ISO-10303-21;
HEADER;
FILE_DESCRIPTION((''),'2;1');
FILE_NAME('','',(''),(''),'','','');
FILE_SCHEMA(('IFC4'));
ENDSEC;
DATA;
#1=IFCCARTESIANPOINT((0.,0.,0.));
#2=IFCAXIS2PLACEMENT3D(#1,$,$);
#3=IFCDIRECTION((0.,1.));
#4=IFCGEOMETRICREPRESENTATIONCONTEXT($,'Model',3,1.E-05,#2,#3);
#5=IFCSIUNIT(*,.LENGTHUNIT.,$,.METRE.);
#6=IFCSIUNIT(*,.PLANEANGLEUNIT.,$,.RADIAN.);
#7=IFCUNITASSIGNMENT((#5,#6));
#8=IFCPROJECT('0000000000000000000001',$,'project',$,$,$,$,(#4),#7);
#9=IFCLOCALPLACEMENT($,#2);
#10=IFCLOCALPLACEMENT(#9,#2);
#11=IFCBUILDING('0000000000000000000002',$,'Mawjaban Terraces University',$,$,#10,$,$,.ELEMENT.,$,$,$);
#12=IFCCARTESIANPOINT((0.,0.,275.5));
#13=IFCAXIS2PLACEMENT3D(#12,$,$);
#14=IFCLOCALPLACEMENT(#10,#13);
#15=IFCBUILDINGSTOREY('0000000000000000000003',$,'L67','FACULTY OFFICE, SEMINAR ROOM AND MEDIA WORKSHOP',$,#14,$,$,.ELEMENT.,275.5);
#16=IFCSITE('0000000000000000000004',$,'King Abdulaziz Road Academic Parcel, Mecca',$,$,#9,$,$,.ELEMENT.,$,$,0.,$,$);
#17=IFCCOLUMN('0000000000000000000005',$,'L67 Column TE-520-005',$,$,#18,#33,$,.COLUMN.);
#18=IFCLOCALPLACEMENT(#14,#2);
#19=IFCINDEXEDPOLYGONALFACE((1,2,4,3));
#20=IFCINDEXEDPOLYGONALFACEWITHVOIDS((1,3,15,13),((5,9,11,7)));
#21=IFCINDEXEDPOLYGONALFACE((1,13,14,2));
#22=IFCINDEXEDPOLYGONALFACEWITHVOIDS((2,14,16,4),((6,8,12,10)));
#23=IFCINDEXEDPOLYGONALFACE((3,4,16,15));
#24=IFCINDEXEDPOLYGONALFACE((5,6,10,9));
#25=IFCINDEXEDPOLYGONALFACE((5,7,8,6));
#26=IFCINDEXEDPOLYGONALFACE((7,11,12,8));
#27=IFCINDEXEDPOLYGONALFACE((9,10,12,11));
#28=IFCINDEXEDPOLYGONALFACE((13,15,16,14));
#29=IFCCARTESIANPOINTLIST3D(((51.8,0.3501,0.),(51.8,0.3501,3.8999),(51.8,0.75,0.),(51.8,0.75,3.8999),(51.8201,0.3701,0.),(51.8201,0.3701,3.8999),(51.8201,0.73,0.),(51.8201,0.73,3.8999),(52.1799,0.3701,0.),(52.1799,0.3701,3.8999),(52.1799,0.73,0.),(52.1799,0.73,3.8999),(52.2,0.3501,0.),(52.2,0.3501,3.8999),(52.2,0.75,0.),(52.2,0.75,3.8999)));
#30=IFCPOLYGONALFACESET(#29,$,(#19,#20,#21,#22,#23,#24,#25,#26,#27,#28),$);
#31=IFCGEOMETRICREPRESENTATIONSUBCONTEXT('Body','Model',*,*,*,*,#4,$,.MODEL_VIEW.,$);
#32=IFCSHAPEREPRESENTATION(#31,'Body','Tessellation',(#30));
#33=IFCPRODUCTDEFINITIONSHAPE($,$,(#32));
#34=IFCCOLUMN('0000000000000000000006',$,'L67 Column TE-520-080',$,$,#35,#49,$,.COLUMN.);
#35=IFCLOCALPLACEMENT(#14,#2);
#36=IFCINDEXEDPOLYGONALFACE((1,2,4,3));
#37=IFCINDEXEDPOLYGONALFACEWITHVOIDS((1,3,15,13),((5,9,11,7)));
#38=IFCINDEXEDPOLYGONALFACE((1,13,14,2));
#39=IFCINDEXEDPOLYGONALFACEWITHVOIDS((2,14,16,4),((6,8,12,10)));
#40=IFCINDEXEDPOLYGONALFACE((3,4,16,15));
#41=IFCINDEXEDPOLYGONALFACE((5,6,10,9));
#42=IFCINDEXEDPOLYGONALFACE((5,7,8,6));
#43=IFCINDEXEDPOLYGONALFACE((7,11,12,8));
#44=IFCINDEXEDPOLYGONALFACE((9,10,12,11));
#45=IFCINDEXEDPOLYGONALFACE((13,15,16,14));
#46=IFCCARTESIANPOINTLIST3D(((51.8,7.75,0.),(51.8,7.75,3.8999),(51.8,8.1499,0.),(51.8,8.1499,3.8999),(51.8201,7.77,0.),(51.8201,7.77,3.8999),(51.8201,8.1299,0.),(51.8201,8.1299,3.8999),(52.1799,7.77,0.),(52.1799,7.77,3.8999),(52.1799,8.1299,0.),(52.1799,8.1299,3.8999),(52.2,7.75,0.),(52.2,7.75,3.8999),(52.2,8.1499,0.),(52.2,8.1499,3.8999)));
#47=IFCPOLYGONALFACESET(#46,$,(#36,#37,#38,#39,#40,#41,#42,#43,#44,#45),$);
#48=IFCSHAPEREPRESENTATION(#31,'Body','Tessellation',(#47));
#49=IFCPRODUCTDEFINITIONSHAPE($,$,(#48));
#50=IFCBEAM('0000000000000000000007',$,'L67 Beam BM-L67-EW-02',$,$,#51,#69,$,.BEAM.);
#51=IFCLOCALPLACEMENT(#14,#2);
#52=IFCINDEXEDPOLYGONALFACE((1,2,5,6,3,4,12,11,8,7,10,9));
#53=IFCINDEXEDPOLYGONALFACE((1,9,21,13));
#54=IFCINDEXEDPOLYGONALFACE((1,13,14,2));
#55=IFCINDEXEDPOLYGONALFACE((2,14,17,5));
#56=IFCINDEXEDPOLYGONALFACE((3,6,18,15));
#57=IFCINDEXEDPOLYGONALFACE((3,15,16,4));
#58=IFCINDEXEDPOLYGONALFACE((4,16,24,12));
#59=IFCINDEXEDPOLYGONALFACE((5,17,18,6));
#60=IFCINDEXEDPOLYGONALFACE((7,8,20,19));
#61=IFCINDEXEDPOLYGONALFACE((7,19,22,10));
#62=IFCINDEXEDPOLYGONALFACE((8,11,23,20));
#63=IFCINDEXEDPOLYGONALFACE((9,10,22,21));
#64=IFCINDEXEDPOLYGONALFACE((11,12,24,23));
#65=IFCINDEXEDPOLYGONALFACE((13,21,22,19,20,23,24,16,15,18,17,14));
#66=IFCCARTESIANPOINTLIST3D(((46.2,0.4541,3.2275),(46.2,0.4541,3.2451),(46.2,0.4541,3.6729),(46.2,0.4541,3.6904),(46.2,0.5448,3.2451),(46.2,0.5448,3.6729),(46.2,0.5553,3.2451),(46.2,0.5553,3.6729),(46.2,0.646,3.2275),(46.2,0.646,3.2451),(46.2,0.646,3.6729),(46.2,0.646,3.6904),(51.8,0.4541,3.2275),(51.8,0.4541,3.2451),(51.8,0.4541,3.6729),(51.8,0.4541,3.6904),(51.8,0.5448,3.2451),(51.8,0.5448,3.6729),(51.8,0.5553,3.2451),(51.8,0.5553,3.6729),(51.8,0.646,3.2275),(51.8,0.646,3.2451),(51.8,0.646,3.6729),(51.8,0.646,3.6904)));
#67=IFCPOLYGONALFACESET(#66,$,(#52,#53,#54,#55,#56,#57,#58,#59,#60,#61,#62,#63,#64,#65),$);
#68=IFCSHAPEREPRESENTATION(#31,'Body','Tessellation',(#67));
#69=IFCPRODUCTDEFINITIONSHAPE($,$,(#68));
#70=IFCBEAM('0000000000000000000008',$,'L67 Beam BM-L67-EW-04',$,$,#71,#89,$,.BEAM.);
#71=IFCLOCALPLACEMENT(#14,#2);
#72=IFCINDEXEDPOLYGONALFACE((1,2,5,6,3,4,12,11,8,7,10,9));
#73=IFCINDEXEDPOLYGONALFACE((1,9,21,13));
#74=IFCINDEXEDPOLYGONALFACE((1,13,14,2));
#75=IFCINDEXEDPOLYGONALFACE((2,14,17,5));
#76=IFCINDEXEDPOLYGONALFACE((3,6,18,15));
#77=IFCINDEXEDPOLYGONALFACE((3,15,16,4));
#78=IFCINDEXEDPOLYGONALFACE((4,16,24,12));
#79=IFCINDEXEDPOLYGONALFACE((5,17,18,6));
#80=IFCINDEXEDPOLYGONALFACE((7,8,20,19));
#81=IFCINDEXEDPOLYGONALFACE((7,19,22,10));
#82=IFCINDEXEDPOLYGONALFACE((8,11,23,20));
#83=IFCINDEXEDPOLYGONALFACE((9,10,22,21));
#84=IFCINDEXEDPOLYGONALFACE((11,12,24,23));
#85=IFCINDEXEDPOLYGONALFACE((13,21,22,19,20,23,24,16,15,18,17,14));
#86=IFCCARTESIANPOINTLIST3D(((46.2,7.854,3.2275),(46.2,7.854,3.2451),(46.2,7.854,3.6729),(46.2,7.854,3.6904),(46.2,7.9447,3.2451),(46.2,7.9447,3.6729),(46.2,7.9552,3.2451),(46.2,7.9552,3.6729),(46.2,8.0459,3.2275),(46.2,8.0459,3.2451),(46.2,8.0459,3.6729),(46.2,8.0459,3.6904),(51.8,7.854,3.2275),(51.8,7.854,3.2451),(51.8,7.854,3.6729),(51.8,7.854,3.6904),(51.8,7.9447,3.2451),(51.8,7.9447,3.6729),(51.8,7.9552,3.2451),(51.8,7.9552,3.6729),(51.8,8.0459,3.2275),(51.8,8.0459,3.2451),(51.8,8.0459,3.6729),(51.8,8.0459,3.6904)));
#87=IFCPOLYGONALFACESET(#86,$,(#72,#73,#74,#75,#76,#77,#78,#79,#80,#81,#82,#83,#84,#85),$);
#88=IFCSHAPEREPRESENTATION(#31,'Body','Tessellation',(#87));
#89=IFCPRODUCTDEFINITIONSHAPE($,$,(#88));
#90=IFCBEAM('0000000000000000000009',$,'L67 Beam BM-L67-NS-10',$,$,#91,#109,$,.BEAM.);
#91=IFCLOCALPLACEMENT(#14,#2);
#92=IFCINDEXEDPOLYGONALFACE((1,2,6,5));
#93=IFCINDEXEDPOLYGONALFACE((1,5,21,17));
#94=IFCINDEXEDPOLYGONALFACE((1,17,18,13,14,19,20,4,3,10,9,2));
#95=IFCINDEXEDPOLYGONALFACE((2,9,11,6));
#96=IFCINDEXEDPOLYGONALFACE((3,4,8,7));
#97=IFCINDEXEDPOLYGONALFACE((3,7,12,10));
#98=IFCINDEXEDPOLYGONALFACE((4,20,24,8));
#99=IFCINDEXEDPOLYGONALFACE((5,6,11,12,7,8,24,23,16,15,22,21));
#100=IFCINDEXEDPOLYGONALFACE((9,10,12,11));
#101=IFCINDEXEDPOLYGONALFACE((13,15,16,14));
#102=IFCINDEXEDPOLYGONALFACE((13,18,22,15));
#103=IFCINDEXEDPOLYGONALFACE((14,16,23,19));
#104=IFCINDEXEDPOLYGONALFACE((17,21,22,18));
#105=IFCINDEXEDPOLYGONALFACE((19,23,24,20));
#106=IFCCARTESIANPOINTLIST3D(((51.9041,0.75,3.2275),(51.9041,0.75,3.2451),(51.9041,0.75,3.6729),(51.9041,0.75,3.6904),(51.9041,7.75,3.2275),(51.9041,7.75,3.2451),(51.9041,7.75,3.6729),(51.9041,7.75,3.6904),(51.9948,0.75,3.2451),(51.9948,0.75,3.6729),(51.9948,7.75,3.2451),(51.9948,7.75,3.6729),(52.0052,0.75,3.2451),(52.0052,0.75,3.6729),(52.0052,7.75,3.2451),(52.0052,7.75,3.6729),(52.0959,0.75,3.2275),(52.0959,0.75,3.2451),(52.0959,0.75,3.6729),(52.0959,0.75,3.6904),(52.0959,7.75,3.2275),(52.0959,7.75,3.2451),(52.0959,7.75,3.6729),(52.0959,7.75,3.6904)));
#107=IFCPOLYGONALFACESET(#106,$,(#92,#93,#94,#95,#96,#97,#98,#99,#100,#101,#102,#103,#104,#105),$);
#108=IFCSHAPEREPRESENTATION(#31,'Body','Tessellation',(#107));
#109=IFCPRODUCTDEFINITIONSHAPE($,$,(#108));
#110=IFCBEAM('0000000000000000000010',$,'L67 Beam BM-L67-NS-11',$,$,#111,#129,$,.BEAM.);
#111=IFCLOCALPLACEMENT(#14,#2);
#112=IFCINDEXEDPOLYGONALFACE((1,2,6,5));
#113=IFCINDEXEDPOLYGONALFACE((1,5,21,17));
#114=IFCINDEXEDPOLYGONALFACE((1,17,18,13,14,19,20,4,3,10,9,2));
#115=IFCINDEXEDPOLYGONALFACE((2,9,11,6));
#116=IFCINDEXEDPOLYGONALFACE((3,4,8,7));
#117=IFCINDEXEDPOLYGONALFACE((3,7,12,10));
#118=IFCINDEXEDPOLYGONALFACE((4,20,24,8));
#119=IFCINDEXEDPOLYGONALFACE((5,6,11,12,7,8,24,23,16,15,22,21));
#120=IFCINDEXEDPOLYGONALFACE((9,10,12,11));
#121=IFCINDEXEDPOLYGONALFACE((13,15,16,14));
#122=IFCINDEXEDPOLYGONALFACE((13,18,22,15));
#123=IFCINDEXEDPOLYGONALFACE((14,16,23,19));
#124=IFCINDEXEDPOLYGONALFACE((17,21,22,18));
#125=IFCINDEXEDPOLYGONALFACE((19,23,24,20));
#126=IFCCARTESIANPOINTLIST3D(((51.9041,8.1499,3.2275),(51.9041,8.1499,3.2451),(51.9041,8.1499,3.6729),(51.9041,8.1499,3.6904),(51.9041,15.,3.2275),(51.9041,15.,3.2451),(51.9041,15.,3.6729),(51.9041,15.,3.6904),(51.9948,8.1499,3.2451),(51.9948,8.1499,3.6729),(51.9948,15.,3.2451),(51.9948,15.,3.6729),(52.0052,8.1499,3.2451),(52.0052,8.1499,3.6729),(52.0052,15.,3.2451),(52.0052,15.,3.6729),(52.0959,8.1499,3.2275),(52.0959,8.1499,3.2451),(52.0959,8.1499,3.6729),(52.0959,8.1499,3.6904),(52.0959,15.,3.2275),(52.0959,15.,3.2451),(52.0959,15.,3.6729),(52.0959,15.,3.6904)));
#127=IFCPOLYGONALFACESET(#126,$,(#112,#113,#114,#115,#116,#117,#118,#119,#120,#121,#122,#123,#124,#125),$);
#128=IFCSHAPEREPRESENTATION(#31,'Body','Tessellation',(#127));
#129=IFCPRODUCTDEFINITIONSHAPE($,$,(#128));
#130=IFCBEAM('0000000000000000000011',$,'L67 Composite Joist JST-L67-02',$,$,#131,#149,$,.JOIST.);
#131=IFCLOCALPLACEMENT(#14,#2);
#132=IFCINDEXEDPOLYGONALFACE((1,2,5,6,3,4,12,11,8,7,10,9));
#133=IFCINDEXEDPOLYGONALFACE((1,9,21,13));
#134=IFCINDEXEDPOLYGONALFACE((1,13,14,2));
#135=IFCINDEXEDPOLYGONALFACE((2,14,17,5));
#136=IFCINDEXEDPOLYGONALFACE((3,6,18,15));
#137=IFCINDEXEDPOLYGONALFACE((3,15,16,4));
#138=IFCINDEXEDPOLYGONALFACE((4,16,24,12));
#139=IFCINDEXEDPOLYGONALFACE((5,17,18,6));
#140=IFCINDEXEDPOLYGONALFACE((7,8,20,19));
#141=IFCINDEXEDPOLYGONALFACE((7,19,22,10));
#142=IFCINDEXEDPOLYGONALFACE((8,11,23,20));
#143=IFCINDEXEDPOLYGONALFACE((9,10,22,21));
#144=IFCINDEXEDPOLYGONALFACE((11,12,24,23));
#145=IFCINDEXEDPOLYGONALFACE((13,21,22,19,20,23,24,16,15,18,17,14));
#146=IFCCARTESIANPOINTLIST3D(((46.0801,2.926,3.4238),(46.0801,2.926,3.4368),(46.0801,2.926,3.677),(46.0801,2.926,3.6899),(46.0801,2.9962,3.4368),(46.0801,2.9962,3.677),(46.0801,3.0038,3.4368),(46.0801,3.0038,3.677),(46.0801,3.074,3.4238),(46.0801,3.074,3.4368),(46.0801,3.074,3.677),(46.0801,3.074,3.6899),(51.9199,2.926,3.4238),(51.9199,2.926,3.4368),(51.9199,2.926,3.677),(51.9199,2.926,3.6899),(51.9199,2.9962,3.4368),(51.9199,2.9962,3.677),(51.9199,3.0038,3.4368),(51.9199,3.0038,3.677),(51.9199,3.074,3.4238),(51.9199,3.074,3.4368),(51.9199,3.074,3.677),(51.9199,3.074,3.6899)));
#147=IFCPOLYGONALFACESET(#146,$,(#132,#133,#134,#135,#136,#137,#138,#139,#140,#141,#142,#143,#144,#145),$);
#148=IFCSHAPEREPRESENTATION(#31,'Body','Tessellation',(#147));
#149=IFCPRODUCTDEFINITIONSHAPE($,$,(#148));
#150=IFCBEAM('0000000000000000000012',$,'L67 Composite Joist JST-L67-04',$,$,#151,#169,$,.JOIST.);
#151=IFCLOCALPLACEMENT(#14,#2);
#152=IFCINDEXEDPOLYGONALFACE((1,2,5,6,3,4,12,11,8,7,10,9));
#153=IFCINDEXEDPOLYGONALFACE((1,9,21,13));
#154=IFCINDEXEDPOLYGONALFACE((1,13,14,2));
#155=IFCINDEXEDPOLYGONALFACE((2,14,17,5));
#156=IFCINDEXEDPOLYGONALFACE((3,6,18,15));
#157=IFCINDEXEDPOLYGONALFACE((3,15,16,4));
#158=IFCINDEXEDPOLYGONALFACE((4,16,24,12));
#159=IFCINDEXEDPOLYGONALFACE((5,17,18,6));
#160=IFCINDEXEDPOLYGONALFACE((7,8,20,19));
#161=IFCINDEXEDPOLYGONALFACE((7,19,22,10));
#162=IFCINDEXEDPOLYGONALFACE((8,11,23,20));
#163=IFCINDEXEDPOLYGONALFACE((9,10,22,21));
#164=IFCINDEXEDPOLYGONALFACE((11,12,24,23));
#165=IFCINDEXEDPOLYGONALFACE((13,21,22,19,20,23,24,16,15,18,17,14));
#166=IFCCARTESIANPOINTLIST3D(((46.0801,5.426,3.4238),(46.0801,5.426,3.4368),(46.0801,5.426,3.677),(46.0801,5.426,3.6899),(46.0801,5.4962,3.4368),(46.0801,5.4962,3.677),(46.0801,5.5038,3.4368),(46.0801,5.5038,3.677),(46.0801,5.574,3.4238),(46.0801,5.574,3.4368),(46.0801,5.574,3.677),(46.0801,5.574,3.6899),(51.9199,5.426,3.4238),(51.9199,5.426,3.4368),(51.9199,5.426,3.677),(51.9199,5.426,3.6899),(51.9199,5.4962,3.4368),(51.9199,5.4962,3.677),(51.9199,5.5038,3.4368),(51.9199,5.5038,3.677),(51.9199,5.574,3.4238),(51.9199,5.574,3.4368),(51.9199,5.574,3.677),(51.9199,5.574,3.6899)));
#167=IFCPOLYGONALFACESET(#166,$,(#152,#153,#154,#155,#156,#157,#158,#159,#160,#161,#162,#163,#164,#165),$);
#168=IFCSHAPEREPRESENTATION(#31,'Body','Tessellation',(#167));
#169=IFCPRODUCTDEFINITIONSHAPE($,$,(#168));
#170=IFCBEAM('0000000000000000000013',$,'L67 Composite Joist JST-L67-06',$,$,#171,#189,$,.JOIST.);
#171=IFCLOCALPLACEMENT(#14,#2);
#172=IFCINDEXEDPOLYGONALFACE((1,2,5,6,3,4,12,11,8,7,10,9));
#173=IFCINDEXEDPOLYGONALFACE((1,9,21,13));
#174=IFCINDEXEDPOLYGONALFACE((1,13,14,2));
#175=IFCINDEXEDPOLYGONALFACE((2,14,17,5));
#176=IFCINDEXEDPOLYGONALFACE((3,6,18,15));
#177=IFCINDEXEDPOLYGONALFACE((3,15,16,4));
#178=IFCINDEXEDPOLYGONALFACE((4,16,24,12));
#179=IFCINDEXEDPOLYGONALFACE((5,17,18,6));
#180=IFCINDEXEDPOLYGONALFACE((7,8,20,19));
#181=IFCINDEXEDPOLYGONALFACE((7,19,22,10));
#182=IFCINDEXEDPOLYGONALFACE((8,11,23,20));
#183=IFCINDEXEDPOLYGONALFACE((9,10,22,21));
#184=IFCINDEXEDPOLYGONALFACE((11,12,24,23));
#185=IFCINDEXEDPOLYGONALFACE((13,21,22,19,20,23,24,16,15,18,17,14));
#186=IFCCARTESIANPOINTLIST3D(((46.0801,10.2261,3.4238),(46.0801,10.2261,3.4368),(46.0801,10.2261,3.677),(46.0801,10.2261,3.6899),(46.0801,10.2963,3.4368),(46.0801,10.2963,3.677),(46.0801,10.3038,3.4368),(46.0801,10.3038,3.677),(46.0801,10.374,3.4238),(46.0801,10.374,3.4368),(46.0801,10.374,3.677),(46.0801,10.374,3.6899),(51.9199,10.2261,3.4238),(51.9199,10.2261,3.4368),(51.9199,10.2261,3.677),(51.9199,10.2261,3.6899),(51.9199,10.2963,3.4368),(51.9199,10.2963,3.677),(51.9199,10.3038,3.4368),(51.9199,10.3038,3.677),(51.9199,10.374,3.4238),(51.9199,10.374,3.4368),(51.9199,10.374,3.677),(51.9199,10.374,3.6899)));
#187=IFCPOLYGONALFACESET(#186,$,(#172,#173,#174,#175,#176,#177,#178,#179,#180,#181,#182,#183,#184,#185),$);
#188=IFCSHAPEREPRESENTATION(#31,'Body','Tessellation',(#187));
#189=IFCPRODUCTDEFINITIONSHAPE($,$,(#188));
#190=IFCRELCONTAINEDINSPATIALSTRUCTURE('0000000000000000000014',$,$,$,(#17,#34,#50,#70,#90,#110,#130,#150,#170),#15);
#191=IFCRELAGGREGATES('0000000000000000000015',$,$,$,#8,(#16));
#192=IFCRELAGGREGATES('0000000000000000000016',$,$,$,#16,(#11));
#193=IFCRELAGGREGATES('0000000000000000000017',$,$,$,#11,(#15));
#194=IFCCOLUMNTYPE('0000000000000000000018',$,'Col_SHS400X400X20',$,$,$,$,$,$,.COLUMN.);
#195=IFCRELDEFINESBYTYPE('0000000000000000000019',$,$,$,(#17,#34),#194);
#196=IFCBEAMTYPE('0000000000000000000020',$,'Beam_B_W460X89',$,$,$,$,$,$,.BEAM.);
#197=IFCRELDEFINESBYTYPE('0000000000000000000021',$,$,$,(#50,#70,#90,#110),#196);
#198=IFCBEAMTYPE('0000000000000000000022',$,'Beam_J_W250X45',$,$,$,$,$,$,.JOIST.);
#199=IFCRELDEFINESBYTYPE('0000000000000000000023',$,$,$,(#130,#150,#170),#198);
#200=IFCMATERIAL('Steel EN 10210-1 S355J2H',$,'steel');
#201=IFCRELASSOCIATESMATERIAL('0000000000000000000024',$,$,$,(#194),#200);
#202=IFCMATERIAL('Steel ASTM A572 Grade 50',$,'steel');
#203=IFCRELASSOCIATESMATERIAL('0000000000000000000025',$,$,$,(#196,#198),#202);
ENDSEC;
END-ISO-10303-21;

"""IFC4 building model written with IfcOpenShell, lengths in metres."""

from ifc_helpers import new_model, si_unit, direction, frame, origin, origin_2d, place, context, subcontext, project, spatial, hollow_rectangle, i_section, extrude, material, material_profile, profile_set, type_object, element, save


model = new_model("IFC4")

# Units and contexts
model_context = context("Model", 3, precision=1e-05, world=origin(), true_north=direction((0.0, 1.0)))
body_context = subcontext(model_context, "Body", "Model", "MODEL_VIEW")
ifc_project = project(units=[si_unit("LENGTHUNIT", "METRE"), si_unit("PLANEANGLEUNIT", "RADIAN")], contexts=[model_context])

# Site, building, storey
site_placement = place(None, origin())
site = spatial("IfcSite", under=ifc_project, at=site_placement, Name="King Abdulaziz Road Academic Parcel, Mecca", CompositionType="ELEMENT", RefElevation=0.0)
building_placement = place(site_placement, origin())
building = spatial("IfcBuilding", under=site, at=building_placement, Name="Mawjaban Terraces University", CompositionType="ELEMENT")
storey_placement = place(building_placement, frame((0.0, 0.0, 275.5)))
storey = spatial("IfcBuildingStorey", under=building, at=storey_placement, Name="L67", Description="FACULTY OFFICE, SEMINAR ROOM AND MEDIA WORKSHOP", CompositionType="ELEMENT", Elevation=275.5)

# Columns
ifc_material_1 = material(Name="Steel EN 10210-1 S355J2H", Category="steel")
ifc_material_profile_1 = material_profile(ifc_material_1, hollow_rectangle(XDim=0.3999, YDim=0.3999, WallThickness=0.02, at=origin_2d()), Name="SHS400X400X20")
ifc_profile_set_1 = profile_set([ifc_material_profile_1], Name="Steel EN 10210-1 S355J2H")
column_type = type_object("IfcColumnType", Name="Col_SHS400X400X20", PredefinedType="COLUMN", material=ifc_profile_set_1)
for number, where, z_axis, x_axis, name in (
    (1, (52.0, 0.55, 0.0), (0.0, 0.0, 1.0), (1.0, 0.0, 0.0), "L67 Column TE-520-005"),
    (2, (52.0, 7.95, 0.0), (0.0, 0.0, 1.0), (1.0, 0.0, 0.0), "L67 Column TE-520-080"),
):
    element("IfcColumn", number, at=place(storey_placement, frame(where, z_axis=z_axis, x_axis=x_axis)), inside=storey, type_object=column_type, Name=name, PredefinedType="COLUMN", context=body_context, shape_type="SweptSolid", body=[
        extrude(hollow_rectangle(XDim=0.3999, YDim=0.3999, WallThickness=0.02, at=origin_2d()), origin(), (0.0, 0.0, 1.0), 3.8999),
    ])

# Beams
ifc_material_2 = material(Name="Steel ASTM A572 Grade 50", Category="steel")
ifc_material_profile_2 = material_profile(ifc_material_2, i_section(OverallWidth=0.1919, OverallDepth=0.4629, WebThickness=0.0105, FlangeThickness=0.0176, at=origin_2d()), Name="W460X89")
ifc_profile_set_2 = profile_set([ifc_material_profile_2], Name="Steel ASTM A572 Grade 50")
beam_type_1 = type_object("IfcBeamType", Name="Beam_B_W460X89", PredefinedType="BEAM", material=ifc_profile_set_2)
for number, where, z_axis, x_axis, name in (
    (3, (46.2, 0.55, 3.459), (1.0, 0.0, 0.0), (0.0, 1.0, 0.0), "L67 Beam BM-L67-EW-02"),
    (4, (46.2, 7.95, 3.459), (1.0, 0.0, 0.0), (0.0, 1.0, 0.0), "L67 Beam BM-L67-EW-04"),
):
    element("IfcBeam", number, at=place(storey_placement, frame(where, z_axis=z_axis, x_axis=x_axis)), inside=storey, type_object=beam_type_1, Name=name, PredefinedType="BEAM", context=body_context, shape_type="SweptSolid", body=[
        extrude(i_section(OverallWidth=0.1919, OverallDepth=0.4629, WebThickness=0.0105, FlangeThickness=0.0176, at=origin_2d()), origin(), (0.0, 0.0, 1.0), 5.6001),
    ])
beam_1_placement = place(storey_placement, frame((52.0, 0.75, 3.459), z_axis=(0.0, 1.0, 0.0), x_axis=(-1.0, 0.0, 0.0)))
element("IfcBeam", 5, at=beam_1_placement, inside=storey, type_object=beam_type_1, Name="L67 Beam BM-L67-NS-10", PredefinedType="BEAM", context=body_context, shape_type="SweptSolid", body=[
    extrude(i_section(OverallWidth=0.1919, OverallDepth=0.4629, WebThickness=0.0105, FlangeThickness=0.0176, at=origin_2d()), origin(), (0.0, 0.0, 1.0), 7.0),
])
beam_2_placement = place(storey_placement, frame((52.0, 8.1499, 3.459), z_axis=(0.0, 1.0, 0.0), x_axis=(-1.0, 0.0, 0.0)))
element("IfcBeam", 6, at=beam_2_placement, inside=storey, type_object=beam_type_1, Name="L67 Beam BM-L67-NS-11", PredefinedType="BEAM", context=body_context, shape_type="SweptSolid", body=[
    extrude(i_section(OverallWidth=0.1919, OverallDepth=0.4629, WebThickness=0.0105, FlangeThickness=0.0176, at=origin_2d()), origin(), (0.0, 0.0, 1.0), 6.8501),
])
ifc_material_profile_3 = material_profile(ifc_material_2, i_section(OverallWidth=0.1479, OverallDepth=0.2661, WebThickness=0.0076, FlangeThickness=0.0129, at=origin_2d()), Name="W250X45")
ifc_profile_set_3 = profile_set([ifc_material_profile_3], Name="Steel ASTM A572 Grade 50")
beam_type_2 = type_object("IfcBeamType", Name="Beam_J_W250X45", PredefinedType="JOIST", material=ifc_profile_set_3)
for number, where, z_axis, x_axis, name in (
    (7, (46.0801, 3.0, 3.5569), (1.0, 0.0, 0.0), (0.0, 1.0, 0.0), "L67 Composite Joist JST-L67-02"),
    (8, (46.0801, 5.5, 3.5569), (1.0, 0.0, 0.0), (0.0, 1.0, 0.0), "L67 Composite Joist JST-L67-04"),
    (9, (46.0801, 10.3, 3.5569), (1.0, 0.0, 0.0), (0.0, 1.0, 0.0), "L67 Composite Joist JST-L67-06"),
):
    element("IfcBeam", number, at=place(storey_placement, frame(where, z_axis=z_axis, x_axis=x_axis)), inside=storey, type_object=beam_type_2, Name=name, PredefinedType="JOIST", context=body_context, shape_type="SweptSolid", body=[
        extrude(i_section(OverallWidth=0.1479, OverallDepth=0.2661, WebThickness=0.0076, FlangeThickness=0.0129, at=origin_2d()), origin(), (0.0, 0.0, 1.0), 5.8398),
    ])

save(model, "model.ifc")
